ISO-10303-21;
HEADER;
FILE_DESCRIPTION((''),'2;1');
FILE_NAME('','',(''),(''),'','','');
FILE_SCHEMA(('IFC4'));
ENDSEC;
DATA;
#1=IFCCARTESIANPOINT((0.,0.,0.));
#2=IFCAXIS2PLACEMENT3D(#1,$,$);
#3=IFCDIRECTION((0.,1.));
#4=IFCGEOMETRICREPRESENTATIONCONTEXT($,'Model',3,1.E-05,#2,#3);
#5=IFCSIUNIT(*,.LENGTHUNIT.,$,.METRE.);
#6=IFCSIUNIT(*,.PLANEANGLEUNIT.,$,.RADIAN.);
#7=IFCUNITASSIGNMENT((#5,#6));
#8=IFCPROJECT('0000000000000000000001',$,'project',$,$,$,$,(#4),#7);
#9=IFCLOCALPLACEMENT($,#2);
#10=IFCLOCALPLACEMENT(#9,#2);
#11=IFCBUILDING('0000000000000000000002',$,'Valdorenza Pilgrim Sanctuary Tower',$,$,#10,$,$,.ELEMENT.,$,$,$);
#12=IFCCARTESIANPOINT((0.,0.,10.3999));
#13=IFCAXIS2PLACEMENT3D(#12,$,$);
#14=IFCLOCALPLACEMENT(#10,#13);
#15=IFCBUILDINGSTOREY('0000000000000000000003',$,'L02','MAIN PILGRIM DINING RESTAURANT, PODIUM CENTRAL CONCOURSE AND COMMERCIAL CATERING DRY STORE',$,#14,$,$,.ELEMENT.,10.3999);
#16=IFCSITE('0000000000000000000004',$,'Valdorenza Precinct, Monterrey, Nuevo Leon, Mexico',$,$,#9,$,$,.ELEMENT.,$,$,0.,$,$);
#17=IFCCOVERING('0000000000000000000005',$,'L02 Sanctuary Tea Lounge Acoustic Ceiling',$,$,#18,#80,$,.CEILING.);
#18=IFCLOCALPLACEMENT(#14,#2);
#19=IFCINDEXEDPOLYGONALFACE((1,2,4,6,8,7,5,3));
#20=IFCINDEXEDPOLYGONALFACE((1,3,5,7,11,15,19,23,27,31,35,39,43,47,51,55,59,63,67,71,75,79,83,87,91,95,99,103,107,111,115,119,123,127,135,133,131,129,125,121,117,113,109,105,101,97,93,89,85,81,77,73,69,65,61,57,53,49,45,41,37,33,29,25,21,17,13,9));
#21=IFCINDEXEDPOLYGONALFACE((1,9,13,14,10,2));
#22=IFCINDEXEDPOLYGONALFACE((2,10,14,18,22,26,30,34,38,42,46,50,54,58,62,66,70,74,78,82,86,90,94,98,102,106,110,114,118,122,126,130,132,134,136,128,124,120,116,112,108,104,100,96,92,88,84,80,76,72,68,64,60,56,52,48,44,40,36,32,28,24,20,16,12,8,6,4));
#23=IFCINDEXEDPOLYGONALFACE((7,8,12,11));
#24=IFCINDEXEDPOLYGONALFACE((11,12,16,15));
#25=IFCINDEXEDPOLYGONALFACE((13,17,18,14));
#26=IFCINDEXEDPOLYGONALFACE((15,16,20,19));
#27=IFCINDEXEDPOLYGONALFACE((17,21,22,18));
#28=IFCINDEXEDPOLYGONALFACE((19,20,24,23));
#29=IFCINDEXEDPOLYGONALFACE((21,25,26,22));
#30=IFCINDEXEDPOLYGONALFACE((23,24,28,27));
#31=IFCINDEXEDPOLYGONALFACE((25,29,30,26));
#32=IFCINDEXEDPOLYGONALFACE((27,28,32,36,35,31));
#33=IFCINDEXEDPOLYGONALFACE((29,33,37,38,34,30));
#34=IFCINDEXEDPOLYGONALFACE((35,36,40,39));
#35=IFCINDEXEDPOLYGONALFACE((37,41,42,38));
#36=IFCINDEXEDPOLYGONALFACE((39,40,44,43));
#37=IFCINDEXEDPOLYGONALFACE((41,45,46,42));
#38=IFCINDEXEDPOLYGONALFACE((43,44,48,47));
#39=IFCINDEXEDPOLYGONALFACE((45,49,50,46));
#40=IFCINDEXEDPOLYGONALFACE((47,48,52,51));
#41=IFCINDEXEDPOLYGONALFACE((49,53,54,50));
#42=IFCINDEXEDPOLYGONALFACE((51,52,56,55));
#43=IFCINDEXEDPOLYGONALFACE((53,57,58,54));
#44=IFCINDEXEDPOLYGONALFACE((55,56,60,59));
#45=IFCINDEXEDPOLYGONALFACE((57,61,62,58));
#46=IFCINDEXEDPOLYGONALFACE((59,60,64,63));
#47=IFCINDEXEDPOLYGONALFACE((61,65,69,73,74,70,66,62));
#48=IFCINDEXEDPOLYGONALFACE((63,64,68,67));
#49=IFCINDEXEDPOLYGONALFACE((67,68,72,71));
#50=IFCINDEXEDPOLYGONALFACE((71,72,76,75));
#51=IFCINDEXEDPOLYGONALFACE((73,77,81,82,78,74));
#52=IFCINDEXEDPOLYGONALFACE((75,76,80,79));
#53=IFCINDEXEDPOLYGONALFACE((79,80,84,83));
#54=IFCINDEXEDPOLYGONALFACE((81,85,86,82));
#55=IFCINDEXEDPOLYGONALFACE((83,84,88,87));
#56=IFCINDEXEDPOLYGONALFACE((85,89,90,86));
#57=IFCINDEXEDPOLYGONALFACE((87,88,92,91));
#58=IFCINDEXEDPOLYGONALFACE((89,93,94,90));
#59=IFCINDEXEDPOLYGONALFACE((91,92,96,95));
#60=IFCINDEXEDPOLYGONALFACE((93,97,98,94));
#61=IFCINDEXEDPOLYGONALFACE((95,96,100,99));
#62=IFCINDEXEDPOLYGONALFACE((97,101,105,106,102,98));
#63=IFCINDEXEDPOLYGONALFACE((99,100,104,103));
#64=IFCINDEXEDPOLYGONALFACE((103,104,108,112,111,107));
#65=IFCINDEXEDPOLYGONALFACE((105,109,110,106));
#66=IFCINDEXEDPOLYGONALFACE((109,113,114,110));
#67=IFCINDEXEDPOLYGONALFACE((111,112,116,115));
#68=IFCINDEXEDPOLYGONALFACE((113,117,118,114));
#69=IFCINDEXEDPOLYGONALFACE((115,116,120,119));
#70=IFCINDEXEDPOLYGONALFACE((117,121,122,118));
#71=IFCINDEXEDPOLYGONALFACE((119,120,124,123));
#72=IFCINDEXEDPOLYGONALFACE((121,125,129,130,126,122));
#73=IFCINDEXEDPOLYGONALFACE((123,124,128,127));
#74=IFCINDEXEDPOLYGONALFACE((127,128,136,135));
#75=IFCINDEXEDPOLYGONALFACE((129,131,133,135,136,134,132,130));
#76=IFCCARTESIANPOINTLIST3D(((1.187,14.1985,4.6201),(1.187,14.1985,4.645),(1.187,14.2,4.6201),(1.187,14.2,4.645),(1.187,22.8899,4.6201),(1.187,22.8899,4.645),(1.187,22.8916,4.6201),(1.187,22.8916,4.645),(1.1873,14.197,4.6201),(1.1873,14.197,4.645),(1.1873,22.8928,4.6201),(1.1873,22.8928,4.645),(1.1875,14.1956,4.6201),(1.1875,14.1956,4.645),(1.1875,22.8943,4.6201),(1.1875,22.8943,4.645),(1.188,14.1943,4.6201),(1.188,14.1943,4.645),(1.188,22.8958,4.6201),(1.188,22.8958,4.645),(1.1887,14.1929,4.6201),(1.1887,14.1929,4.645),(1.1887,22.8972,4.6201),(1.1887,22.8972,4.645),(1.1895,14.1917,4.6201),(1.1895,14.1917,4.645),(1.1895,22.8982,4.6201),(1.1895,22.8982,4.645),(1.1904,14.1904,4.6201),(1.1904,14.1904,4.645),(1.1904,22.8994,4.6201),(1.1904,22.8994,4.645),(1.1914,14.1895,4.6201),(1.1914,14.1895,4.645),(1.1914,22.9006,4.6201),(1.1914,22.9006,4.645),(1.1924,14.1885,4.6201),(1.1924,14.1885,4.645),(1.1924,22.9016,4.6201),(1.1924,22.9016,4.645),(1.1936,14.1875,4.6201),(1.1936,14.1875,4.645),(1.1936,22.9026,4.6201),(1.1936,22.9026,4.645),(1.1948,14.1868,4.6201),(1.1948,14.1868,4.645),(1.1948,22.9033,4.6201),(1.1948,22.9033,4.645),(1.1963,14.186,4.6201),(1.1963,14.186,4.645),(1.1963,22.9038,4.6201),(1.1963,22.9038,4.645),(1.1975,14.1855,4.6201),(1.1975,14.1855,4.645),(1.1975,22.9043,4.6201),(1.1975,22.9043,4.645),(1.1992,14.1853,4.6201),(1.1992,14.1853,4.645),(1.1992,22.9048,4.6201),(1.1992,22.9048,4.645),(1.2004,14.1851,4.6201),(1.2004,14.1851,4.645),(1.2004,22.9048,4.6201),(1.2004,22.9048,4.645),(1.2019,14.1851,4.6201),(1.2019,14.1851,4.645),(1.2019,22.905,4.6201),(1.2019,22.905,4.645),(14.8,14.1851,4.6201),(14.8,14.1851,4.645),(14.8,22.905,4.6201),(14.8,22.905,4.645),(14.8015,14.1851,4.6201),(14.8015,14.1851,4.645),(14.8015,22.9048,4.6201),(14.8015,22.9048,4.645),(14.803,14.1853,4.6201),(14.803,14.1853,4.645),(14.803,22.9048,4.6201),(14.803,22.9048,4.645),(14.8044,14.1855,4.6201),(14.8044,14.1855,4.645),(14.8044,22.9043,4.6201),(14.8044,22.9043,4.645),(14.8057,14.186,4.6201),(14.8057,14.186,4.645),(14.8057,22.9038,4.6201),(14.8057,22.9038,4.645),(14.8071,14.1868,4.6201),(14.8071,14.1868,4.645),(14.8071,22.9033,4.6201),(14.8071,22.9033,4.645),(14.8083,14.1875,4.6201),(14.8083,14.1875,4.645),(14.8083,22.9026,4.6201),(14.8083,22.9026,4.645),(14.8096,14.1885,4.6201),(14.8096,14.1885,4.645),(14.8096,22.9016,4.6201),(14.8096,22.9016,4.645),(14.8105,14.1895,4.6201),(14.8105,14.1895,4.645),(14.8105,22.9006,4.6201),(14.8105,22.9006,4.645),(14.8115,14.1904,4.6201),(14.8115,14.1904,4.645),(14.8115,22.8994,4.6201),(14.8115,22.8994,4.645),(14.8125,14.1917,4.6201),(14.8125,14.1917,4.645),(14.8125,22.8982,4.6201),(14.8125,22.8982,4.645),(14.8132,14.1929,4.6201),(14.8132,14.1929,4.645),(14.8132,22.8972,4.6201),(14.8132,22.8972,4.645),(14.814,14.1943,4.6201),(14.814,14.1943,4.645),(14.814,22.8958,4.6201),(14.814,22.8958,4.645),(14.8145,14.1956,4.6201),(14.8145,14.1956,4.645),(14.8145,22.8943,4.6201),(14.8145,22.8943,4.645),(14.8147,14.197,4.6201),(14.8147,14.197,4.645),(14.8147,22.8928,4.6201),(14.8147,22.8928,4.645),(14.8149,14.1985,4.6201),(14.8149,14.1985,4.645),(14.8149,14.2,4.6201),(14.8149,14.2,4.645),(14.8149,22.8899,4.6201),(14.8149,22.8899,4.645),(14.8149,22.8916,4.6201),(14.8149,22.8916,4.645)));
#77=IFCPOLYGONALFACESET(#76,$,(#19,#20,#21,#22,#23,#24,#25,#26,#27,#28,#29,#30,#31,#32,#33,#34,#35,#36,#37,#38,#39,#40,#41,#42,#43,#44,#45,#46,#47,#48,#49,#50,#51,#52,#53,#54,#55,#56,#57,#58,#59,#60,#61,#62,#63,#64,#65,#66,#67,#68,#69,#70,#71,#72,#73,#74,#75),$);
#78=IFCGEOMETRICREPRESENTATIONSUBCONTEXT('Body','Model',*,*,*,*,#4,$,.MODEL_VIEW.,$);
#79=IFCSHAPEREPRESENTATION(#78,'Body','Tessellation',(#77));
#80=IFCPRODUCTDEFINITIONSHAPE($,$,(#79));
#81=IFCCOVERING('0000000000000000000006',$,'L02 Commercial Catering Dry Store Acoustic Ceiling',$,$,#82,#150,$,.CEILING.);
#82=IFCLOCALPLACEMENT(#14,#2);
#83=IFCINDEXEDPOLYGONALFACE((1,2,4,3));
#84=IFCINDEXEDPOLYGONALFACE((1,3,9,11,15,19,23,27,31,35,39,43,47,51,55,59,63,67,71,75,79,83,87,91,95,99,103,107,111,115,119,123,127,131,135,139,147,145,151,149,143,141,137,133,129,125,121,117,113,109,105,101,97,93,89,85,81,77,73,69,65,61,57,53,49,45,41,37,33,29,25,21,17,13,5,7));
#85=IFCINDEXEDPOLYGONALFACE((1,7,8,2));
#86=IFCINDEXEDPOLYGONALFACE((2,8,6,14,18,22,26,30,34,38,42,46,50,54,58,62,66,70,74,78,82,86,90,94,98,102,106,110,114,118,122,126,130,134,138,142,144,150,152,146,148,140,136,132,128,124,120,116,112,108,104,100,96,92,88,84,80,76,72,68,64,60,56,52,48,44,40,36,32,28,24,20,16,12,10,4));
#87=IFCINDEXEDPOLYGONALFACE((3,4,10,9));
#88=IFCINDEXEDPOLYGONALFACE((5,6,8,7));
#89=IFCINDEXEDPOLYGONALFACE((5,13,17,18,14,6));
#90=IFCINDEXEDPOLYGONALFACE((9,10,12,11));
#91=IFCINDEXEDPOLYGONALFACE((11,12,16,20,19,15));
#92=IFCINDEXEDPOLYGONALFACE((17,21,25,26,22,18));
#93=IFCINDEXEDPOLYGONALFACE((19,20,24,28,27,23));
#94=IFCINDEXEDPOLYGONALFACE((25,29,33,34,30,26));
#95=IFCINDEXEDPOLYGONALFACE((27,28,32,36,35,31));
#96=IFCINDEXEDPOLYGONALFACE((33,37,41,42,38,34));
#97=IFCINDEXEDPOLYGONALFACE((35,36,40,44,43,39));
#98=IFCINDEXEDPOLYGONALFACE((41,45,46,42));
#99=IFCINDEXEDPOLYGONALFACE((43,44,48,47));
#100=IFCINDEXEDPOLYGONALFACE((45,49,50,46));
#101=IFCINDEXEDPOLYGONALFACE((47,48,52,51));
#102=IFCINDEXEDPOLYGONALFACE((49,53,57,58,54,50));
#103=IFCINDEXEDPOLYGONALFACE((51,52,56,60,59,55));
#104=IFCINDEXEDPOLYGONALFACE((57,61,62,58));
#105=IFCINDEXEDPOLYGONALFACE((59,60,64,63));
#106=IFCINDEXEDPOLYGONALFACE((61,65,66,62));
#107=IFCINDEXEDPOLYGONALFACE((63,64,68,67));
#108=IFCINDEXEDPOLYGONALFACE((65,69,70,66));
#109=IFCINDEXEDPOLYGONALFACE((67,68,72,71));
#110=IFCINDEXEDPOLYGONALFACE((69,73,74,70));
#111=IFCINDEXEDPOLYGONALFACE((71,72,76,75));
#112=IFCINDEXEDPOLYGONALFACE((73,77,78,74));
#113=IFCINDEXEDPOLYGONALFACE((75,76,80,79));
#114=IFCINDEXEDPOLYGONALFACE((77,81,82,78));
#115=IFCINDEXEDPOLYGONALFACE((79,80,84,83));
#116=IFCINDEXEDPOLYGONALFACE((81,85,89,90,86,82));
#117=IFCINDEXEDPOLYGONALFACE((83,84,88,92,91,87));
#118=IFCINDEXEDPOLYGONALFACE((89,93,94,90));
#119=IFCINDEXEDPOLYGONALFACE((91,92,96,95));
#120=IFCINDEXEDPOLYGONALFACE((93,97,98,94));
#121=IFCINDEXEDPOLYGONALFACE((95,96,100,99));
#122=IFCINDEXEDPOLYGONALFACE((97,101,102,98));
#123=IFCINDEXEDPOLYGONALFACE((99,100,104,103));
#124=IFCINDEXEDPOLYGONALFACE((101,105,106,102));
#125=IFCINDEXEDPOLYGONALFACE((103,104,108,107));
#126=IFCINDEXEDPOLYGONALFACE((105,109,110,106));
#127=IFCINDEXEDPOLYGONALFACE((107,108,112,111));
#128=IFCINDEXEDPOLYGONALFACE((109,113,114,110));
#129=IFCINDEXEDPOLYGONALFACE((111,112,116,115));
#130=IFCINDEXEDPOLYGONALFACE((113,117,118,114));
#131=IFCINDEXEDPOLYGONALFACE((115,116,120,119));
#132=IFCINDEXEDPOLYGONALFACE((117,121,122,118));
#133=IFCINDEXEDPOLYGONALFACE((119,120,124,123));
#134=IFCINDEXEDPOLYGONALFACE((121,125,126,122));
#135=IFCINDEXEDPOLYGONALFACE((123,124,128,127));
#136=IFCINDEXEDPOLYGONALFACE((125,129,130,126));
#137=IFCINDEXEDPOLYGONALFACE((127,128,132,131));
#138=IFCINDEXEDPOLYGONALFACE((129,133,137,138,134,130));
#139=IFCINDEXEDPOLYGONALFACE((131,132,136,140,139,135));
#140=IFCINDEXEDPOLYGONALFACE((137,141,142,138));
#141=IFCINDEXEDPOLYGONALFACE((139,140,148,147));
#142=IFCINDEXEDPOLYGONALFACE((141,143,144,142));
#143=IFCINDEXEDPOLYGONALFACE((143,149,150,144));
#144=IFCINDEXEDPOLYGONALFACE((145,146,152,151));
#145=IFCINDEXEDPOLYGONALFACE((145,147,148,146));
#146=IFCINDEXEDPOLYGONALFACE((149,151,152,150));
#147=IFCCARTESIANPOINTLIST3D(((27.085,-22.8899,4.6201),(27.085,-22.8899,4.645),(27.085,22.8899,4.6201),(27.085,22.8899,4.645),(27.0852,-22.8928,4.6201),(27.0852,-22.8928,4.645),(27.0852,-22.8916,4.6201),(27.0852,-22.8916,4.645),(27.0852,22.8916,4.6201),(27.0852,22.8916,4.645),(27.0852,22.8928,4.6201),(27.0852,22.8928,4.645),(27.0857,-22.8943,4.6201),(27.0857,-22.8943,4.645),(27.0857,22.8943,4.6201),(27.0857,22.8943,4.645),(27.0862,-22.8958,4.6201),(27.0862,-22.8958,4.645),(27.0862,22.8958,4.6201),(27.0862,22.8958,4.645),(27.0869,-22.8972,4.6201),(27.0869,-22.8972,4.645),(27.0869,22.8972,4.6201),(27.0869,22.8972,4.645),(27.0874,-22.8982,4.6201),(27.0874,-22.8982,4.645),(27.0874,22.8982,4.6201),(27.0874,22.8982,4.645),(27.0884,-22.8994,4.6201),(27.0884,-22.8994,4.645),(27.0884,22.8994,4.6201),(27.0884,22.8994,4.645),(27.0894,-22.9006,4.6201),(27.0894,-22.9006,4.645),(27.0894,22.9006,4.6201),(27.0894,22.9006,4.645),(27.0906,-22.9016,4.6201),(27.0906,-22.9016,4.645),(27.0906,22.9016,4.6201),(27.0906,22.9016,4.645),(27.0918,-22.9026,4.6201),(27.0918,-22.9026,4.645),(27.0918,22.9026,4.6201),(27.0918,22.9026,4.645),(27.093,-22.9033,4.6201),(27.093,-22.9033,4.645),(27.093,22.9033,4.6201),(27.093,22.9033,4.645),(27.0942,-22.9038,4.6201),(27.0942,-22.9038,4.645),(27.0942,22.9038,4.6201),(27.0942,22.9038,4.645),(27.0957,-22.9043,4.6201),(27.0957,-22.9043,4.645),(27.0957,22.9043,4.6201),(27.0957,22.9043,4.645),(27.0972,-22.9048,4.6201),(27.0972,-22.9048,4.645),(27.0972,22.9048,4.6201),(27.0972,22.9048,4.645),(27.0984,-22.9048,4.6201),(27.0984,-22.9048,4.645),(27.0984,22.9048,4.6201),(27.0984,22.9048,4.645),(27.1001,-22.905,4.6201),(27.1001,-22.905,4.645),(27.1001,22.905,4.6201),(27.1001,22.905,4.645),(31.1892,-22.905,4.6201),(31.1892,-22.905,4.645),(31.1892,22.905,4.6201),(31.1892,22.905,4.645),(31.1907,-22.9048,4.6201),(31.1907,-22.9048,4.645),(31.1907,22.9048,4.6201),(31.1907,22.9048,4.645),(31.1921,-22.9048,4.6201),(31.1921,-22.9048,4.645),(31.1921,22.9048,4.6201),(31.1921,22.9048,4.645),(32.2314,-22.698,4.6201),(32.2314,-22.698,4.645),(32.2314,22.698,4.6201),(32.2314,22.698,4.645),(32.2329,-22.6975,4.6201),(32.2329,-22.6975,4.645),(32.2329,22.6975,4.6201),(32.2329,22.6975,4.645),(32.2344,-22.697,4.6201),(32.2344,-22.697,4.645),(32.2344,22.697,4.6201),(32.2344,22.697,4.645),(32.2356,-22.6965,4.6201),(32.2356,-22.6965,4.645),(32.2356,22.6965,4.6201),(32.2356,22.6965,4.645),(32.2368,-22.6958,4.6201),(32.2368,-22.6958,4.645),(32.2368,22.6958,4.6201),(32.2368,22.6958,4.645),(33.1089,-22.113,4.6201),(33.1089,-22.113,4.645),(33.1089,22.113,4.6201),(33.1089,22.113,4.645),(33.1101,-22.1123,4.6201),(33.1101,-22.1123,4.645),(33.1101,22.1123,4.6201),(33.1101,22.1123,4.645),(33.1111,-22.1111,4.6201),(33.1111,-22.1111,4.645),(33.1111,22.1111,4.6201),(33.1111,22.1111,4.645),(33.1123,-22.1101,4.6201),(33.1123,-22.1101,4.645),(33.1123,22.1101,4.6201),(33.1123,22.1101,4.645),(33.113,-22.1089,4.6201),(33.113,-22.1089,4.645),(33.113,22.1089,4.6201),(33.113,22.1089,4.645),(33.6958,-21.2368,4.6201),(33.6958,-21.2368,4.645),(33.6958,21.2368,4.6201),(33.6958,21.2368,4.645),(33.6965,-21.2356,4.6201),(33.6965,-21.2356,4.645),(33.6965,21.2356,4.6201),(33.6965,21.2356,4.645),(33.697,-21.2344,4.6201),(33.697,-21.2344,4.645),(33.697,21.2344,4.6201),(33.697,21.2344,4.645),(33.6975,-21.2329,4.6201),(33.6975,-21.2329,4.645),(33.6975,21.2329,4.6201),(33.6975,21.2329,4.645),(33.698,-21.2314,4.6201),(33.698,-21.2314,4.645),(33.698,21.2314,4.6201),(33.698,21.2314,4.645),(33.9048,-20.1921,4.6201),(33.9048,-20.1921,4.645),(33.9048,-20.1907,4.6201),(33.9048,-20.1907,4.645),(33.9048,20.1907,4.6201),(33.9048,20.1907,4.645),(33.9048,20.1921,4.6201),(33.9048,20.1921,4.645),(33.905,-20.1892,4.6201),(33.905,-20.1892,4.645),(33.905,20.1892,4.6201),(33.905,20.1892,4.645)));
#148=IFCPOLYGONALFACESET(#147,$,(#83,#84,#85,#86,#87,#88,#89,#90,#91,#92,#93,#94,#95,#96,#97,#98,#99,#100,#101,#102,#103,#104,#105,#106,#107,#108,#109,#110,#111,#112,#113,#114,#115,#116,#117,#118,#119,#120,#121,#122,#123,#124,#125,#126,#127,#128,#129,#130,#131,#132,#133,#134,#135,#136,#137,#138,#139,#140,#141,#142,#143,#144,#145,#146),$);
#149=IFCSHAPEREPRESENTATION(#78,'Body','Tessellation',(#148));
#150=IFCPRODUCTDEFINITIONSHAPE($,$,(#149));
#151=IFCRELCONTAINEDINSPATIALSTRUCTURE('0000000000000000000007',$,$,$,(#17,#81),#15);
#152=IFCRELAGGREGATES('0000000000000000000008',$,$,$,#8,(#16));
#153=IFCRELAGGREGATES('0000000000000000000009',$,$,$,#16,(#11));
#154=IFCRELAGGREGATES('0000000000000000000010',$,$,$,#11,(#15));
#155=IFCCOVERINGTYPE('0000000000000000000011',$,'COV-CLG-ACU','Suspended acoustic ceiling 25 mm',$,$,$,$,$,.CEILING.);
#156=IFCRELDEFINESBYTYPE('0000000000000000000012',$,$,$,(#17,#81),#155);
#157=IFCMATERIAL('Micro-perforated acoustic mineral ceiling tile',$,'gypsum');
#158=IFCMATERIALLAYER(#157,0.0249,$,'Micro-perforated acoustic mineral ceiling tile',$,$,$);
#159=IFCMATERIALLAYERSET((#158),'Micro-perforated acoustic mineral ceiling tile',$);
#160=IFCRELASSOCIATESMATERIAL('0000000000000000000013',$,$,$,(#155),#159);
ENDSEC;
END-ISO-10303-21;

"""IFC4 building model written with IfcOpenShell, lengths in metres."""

from ifc_helpers import new_model, si_unit, direction, frame, origin, place, context, subcontext, project, spatial, polyline, outline, extrude, material, layer, layer_set, type_object, element, save


model = new_model("IFC4")

# Units and contexts
model_context = context("Model", 3, precision=1e-05, world=origin(), true_north=direction((0.0, 1.0)))
body_context = subcontext(model_context, "Body", "Model", "MODEL_VIEW")
ifc_project = project(units=[si_unit("LENGTHUNIT", "METRE"), si_unit("PLANEANGLEUNIT", "RADIAN")], contexts=[model_context])

# Site, building, storey
site_placement = place(None, origin())
site = spatial("IfcSite", under=ifc_project, at=site_placement, Name="Valdorenza Precinct, Monterrey, Nuevo Leon, Mexico", CompositionType="ELEMENT", RefElevation=0.0)
building_placement = place(site_placement, origin())
building = spatial("IfcBuilding", under=site, at=building_placement, Name="Valdorenza Pilgrim Sanctuary Tower", CompositionType="ELEMENT")
storey_placement = place(building_placement, frame((0.0, 0.0, 10.3999)))
storey = spatial("IfcBuildingStorey", under=building, at=storey_placement, Name="L02", Description="MAIN PILGRIM DINING RESTAURANT, PODIUM CENTRAL CONCOURSE AND COMMERCIAL CATERING DRY STORE", CompositionType="ELEMENT", Elevation=10.3999)

# Coverings
ifc_material_1 = material(Name="Micro-perforated acoustic mineral ceiling tile", Category="gypsum")
ifc_layer_1 = layer(ifc_material_1, 0.0249, Name="Micro-perforated acoustic mineral ceiling tile")
ifc_layer_set_1 = layer_set([ifc_layer_1], Name="Micro-perforated acoustic mineral ceiling tile")
covering_type_1 = type_object("IfcCoveringType", Name="COV-CLG-ACU", Description="Suspended acoustic ceiling 25 mm", PredefinedType="CEILING", material=ifc_layer_set_1)
covering_1_placement = place(storey_placement, frame((0.0, 0.0, 4.6201)))
element("IfcCovering", 1, at=covering_1_placement, inside=storey, type_object=covering_type_1, Name="L02 Sanctuary Tea Lounge Acoustic Ceiling", PredefinedType="CEILING", context=body_context, shape_type="SweptSolid", body=[
    extrude(outline(polyline([(1.2019, 14.1851), (1.2004, 14.1851), (1.1992, 14.1853), (1.1975, 14.1855), (1.1963, 14.186), (1.1948, 14.1868), (1.1936, 14.1875), (1.1924, 14.1885), (1.1914, 14.1895), (1.1904, 14.1904), (1.1895, 14.1917), (1.1887, 14.1929), (1.188, 14.1943), (1.1875, 14.1956), (1.1873, 14.197), (1.187, 14.1985), (1.187, 14.2), (1.187, 22.8899), (1.187, 22.8916), (1.1873, 22.8928), (1.1875, 22.8943), (1.188, 22.8958), (1.1887, 22.8972), (1.1895, 22.8982), (1.1904, 22.8994), (1.1914, 22.9006), (1.1924, 22.9016), (1.1936, 22.9026), (1.1948, 22.9033), (1.1963, 22.9038), (1.1975, 22.9043), (1.1992, 22.9048), (1.2004, 22.9048), (1.2019, 22.905), (14.8, 22.905), (14.8015, 22.9048), (14.803, 22.9048), (14.8044, 22.9043), (14.8057, 22.9038), (14.8071, 22.9033), (14.8083, 22.9026), (14.8096, 22.9016), (14.8105, 22.9006), (14.8115, 22.8994), (14.8125, 22.8982), (14.8132, 22.8972), (14.814, 22.8958), (14.8145, 22.8943), (14.8147, 22.8928), (14.8149, 22.8916), (14.8149, 22.8899), (14.8149, 14.2), (14.8149, 14.1985), (14.8147, 14.197), (14.8145, 14.1956), (14.814, 14.1943), (14.8132, 14.1929), (14.8125, 14.1917), (14.8115, 14.1904), (14.8105, 14.1895), (14.8096, 14.1885), (14.8083, 14.1875), (14.8071, 14.1868), (14.8057, 14.186), (14.8044, 14.1855), (14.803, 14.1853), (14.8015, 14.1851), (14.8, 14.1851), (1.2019, 14.1851)])), origin(), (0.0, 0.0, 1.0), 0.0249),
])
covering_2_placement = place(storey_placement, frame((0.0, 0.0, 4.6201)))
element("IfcCovering", 2, at=covering_2_placement, inside=storey, type_object=covering_type_1, Name="L02 Commercial Catering Dry Store Acoustic Ceiling", PredefinedType="CEILING", context=body_context, shape_type="SweptSolid", body=[
    extrude(outline(polyline([(31.1892, 22.905), (31.1907, 22.9048), (31.1921, 22.9048), (32.2314, 22.698), (32.2329, 22.6975), (32.2344, 22.697), (32.2356, 22.6965), (32.2368, 22.6958), (33.1089, 22.113), (33.1101, 22.1123), (33.1111, 22.1111), (33.1123, 22.1101), (33.113, 22.1089), (33.6958, 21.2368), (33.6965, 21.2356), (33.697, 21.2344), (33.6975, 21.2329), (33.698, 21.2314), (33.9048, 20.1921), (33.9048, 20.1907), (33.905, 20.1892), (33.905, -20.1892), (33.9048, -20.1907), (33.9048, -20.1921), (33.698, -21.2314), (33.6975, -21.2329), (33.697, -21.2344), (33.6965, -21.2356), (33.6958, -21.2368), (33.113, -22.1089), (33.1123, -22.1101), (33.1111, -22.1111), (33.1101, -22.1123), (33.1089, -22.113), (32.2368, -22.6958), (32.2356, -22.6965), (32.2344, -22.697), (32.2329, -22.6975), (32.2314, -22.698), (31.1921, -22.9048), (31.1907, -22.9048), (31.1892, -22.905), (27.1001, -22.905), (27.0984, -22.9048), (27.0972, -22.9048), (27.0957, -22.9043), (27.0942, -22.9038), (27.093, -22.9033), (27.0918, -22.9026), (27.0906, -22.9016), (27.0894, -22.9006), (27.0884, -22.8994), (27.0874, -22.8982), (27.0869, -22.8972), (27.0862, -22.8958), (27.0857, -22.8943), (27.0852, -22.8928), (27.0852, -22.8916), (27.085, -22.8899), (27.085, 22.8899), (27.0852, 22.8916), (27.0852, 22.8928), (27.0857, 22.8943), (27.0862, 22.8958), (27.0869, 22.8972), (27.0874, 22.8982), (27.0884, 22.8994), (27.0894, 22.9006), (27.0906, 22.9016), (27.0918, 22.9026), (27.093, 22.9033), (27.0942, 22.9038), (27.0957, 22.9043), (27.0972, 22.9048), (27.0984, 22.9048), (27.1001, 22.905), (31.1892, 22.905)])), origin(), (0.0, 0.0, 1.0), 0.0249),
])

save(model, "model.ifc")
